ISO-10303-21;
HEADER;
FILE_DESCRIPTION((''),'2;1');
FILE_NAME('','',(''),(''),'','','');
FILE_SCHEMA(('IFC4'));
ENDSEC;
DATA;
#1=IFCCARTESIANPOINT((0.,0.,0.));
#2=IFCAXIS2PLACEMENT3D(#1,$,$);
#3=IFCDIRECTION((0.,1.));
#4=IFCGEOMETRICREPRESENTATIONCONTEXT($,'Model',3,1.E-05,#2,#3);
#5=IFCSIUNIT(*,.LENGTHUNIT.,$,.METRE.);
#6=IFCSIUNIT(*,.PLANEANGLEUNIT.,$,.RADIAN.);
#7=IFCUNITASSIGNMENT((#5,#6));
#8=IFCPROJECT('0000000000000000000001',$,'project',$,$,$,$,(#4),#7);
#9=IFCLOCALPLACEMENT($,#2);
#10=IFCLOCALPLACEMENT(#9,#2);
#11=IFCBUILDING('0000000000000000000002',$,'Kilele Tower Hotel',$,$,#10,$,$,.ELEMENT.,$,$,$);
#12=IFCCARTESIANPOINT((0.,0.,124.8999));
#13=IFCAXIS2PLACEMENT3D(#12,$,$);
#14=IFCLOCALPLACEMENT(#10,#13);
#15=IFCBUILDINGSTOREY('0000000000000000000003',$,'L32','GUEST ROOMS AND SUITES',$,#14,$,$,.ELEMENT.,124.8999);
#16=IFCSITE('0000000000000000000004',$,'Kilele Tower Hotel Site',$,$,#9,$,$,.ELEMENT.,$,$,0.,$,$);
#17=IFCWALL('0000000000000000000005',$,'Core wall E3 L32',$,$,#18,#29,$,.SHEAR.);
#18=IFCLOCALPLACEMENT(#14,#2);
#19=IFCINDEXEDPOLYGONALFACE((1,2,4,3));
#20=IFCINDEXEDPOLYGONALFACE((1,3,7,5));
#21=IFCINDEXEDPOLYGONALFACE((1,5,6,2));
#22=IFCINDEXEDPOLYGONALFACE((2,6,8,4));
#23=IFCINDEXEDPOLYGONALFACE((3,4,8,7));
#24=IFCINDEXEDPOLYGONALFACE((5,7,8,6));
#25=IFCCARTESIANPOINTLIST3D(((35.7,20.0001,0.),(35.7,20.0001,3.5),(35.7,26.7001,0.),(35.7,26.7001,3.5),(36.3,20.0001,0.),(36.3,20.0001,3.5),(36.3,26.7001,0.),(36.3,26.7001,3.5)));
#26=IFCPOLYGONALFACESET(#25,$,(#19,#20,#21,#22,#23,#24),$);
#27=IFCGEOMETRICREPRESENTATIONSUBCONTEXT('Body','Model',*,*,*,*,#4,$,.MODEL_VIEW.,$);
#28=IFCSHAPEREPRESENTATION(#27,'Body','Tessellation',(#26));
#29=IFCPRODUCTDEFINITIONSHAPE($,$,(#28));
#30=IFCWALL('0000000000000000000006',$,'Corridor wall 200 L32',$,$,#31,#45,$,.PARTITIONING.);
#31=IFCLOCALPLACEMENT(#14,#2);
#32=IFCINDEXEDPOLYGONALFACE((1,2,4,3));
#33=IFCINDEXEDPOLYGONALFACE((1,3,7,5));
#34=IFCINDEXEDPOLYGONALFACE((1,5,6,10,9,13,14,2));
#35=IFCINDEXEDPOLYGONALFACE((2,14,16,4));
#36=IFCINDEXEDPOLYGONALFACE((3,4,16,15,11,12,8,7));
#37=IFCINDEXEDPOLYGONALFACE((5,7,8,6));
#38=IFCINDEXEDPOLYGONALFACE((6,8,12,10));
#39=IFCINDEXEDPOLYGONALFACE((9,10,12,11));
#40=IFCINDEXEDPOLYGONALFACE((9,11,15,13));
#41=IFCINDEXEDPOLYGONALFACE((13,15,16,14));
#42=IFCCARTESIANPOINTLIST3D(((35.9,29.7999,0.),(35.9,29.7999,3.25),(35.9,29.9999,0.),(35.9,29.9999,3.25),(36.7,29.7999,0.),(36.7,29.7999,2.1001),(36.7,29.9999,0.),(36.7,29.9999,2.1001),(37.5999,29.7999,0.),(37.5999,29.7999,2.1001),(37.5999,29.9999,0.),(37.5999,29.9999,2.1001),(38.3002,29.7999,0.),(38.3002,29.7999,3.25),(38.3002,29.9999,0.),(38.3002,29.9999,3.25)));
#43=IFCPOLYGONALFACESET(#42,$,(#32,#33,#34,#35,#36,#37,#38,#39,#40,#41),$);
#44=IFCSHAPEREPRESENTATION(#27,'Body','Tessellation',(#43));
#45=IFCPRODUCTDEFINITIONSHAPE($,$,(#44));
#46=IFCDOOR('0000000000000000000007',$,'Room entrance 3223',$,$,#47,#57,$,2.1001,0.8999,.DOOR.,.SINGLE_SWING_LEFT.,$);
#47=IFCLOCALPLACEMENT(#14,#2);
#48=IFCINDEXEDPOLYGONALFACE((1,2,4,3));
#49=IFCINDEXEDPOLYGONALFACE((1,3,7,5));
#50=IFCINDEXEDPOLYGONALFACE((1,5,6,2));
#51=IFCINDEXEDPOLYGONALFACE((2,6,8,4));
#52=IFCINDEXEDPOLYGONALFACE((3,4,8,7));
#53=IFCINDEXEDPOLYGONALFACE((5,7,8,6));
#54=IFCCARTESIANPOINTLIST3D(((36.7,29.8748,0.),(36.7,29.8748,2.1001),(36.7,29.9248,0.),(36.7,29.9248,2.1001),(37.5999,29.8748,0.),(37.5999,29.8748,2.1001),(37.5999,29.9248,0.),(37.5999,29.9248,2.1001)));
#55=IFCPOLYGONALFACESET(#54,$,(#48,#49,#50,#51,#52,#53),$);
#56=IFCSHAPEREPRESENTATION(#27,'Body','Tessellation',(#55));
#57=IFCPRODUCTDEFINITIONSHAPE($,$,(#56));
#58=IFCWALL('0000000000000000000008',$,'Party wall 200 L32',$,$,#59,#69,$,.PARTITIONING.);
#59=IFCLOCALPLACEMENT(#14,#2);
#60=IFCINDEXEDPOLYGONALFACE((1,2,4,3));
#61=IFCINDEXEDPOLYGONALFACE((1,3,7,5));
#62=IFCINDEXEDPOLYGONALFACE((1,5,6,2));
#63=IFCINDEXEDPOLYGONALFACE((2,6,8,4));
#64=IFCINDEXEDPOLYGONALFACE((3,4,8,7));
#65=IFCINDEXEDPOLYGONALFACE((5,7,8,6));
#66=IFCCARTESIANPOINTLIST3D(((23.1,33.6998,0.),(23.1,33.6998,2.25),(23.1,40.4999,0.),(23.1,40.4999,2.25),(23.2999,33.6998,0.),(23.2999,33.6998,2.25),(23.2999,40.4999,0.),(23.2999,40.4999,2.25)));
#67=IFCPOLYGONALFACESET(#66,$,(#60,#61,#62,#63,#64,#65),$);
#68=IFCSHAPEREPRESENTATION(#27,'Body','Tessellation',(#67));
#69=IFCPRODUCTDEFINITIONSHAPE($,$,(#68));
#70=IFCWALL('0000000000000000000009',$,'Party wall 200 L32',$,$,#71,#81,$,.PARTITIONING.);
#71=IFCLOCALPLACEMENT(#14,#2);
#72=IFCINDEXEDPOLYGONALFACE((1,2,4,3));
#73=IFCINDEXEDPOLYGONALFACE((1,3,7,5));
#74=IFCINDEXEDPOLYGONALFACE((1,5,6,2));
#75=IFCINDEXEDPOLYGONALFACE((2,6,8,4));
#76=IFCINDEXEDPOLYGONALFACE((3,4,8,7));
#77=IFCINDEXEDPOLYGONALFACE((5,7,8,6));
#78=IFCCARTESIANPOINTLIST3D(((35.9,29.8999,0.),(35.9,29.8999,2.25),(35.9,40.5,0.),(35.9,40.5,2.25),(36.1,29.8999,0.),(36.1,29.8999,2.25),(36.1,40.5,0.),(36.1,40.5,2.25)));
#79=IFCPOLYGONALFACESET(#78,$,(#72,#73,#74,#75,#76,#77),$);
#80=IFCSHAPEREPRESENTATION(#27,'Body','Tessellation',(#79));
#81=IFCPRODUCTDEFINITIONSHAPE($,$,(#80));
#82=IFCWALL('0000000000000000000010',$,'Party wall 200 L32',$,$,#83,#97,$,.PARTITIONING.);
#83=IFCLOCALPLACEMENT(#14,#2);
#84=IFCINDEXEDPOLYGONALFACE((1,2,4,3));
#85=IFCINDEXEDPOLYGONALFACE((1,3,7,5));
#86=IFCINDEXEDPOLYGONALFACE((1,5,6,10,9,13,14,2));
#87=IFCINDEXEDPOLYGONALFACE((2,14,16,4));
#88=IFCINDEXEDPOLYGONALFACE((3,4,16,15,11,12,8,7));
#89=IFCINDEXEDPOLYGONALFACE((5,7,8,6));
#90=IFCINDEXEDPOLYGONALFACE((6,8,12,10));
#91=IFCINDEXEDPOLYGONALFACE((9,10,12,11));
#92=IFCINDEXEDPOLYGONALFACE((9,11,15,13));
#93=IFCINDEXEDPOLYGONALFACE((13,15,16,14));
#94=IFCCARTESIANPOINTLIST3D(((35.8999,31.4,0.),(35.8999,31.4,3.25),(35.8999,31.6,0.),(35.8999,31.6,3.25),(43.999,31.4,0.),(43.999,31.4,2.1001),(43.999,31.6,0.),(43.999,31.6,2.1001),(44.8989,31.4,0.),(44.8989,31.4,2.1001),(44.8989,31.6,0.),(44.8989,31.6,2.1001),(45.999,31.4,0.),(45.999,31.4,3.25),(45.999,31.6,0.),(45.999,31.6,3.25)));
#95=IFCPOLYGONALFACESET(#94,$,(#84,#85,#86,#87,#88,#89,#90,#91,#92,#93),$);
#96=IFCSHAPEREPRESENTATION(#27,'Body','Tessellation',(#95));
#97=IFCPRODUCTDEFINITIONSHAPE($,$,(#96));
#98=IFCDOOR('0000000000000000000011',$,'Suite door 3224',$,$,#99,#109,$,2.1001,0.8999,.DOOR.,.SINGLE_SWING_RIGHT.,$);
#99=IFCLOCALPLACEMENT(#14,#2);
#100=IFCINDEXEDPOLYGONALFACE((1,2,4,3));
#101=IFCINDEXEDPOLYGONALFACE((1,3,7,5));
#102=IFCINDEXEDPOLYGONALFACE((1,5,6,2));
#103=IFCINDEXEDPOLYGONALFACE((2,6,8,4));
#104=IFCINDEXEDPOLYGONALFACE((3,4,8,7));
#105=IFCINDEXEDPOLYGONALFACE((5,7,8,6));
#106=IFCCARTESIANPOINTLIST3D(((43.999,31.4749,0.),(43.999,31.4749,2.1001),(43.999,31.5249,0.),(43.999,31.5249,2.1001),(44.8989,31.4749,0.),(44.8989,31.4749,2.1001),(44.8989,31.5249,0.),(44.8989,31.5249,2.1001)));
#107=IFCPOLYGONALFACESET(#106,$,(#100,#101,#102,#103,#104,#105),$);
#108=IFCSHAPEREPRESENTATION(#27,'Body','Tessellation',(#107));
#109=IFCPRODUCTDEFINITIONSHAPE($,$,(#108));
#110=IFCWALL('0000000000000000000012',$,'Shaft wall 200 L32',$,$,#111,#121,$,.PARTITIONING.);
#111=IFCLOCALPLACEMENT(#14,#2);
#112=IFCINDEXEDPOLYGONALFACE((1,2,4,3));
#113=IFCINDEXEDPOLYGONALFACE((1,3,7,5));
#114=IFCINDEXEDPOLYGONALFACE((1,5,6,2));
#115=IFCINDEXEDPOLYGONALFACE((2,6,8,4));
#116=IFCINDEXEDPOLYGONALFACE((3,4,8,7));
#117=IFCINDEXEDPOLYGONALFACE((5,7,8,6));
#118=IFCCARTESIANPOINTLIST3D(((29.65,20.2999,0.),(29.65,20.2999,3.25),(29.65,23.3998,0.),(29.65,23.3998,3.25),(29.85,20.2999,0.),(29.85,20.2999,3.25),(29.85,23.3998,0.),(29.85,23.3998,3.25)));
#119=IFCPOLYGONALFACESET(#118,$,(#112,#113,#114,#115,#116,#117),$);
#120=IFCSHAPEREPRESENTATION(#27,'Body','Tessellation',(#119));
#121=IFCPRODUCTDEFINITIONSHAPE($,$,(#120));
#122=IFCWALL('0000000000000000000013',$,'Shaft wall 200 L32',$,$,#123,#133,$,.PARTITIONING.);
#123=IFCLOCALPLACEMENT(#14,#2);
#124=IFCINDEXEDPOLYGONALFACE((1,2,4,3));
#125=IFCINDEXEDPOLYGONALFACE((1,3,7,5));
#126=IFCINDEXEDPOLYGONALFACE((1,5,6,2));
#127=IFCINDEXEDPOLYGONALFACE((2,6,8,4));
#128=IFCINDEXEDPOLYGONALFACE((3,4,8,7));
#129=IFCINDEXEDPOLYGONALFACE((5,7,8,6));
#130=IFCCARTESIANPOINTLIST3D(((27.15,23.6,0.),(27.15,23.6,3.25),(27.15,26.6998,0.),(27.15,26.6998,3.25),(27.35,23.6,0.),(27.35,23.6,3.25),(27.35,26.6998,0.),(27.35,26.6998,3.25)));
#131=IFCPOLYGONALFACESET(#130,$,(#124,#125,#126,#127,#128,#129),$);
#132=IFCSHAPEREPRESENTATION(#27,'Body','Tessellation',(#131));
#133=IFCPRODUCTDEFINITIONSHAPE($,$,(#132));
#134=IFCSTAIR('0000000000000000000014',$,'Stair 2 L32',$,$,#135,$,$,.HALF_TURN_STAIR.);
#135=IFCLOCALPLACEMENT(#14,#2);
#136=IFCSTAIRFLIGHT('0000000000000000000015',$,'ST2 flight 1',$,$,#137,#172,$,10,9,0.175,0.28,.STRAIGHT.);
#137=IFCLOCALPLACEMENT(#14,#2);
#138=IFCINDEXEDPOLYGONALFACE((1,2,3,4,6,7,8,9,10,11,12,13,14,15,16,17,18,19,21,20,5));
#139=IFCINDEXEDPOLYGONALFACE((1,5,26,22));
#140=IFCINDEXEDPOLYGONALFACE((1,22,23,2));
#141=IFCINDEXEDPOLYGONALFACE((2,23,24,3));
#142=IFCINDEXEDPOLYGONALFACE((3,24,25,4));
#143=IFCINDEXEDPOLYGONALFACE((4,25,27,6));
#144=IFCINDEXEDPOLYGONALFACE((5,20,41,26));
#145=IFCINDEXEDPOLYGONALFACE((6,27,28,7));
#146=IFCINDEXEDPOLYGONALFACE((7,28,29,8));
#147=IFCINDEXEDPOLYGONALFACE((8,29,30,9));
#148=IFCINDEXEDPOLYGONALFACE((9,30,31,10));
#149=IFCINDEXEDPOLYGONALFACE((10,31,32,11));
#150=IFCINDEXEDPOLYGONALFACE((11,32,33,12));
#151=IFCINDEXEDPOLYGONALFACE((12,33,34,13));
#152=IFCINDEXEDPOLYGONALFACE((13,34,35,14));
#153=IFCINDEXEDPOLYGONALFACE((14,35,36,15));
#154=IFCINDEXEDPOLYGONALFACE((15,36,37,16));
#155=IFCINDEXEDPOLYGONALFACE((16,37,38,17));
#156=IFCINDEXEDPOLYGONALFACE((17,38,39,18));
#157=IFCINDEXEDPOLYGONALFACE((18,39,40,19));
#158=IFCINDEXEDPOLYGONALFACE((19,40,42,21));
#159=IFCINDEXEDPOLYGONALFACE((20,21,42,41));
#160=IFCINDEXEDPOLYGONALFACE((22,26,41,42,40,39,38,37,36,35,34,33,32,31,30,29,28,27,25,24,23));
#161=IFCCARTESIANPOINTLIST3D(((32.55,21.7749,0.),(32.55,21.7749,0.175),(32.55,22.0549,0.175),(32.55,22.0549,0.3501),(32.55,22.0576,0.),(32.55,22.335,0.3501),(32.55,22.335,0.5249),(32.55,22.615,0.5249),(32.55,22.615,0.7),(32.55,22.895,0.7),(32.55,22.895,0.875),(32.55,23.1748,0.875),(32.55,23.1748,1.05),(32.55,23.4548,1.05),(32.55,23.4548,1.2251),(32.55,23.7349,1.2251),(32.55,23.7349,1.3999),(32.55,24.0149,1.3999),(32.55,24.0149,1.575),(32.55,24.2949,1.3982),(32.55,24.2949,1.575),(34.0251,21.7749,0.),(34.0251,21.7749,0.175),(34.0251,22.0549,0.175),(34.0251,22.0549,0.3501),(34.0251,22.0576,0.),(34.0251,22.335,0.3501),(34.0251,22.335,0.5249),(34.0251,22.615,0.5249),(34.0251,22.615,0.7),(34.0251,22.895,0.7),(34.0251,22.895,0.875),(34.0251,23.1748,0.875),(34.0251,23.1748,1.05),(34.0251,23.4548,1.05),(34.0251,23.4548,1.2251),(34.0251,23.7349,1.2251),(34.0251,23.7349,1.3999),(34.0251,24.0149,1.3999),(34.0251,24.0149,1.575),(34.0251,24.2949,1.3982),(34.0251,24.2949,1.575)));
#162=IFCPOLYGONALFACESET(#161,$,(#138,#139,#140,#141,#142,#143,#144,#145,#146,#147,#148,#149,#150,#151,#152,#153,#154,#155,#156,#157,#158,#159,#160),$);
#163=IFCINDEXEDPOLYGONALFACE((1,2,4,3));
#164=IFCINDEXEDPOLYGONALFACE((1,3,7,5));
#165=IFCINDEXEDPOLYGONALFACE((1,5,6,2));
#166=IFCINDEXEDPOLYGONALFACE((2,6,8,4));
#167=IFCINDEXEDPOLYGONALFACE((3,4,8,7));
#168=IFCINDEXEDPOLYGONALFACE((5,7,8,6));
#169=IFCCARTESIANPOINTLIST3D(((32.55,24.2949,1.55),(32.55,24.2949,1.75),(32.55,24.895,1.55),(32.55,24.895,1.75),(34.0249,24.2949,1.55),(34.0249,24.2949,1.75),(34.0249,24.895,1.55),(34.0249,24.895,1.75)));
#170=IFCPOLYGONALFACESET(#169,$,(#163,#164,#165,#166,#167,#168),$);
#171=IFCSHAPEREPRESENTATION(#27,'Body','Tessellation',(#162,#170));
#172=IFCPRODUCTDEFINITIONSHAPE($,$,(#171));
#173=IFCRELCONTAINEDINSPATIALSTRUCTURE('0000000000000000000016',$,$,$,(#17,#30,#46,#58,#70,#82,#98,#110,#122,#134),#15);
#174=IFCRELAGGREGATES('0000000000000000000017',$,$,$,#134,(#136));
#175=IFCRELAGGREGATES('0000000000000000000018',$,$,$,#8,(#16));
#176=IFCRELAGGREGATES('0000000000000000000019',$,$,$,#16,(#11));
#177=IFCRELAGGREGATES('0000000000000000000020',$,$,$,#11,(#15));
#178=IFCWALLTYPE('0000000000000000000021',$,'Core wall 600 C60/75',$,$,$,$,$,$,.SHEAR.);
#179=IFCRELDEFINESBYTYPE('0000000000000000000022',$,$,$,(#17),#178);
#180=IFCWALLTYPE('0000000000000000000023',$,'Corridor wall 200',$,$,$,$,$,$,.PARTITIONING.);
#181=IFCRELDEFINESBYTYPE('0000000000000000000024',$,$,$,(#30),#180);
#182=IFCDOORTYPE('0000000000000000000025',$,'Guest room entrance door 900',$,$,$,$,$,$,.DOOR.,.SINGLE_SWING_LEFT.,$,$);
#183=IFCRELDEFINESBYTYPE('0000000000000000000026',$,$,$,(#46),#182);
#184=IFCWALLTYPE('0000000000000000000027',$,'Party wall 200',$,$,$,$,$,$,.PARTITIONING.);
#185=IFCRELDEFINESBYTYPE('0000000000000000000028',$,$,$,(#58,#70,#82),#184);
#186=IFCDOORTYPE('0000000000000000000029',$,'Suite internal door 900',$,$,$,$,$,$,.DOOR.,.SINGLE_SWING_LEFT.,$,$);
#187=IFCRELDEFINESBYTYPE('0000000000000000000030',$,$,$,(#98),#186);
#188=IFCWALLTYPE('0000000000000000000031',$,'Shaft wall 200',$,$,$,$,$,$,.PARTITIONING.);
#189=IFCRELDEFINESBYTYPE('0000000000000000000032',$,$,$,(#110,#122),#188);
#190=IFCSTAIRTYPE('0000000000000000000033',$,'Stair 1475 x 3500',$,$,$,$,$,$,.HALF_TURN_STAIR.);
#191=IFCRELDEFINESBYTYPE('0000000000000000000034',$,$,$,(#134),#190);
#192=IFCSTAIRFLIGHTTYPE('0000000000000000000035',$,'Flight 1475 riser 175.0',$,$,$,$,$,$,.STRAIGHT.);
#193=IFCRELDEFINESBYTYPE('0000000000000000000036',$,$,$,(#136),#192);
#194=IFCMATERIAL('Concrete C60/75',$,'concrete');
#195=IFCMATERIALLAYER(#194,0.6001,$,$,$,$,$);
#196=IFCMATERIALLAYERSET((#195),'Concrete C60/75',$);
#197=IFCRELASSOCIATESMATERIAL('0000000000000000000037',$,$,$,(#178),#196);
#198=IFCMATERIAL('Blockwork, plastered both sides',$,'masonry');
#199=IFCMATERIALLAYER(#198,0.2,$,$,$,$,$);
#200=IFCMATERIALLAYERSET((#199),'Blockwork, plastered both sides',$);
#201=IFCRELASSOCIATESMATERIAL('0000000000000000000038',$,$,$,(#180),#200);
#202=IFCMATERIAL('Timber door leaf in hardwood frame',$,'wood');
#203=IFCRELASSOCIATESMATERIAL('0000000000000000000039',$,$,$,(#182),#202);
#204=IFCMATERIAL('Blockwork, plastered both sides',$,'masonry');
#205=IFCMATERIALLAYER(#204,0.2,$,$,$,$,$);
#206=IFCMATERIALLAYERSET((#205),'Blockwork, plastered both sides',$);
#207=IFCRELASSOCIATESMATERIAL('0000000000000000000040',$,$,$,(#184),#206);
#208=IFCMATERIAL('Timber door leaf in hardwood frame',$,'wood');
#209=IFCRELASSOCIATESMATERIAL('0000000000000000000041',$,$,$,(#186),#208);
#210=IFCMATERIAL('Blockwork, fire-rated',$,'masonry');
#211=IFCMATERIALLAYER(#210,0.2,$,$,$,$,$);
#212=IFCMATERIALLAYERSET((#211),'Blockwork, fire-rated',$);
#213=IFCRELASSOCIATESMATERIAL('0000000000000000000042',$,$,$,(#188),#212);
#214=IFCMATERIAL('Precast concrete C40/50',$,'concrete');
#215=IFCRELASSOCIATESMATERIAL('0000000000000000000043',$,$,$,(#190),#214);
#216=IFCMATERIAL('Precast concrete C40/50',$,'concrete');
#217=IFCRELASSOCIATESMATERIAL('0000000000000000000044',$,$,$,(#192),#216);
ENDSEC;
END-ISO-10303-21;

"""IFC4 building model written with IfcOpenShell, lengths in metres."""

from ifc_helpers import new_model, si_unit, direction, frame, frame_2d, origin, place, context, subcontext, project, spatial, polyline, rectangle, outline, extrude, material, layer, layer_set, type_object, element, fill, aggregate, save


model = new_model("IFC4")

# Units and contexts
model_context = context("Model", 3, precision=1e-05, world=origin(), true_north=direction((0.0, 1.0)))
body_context = subcontext(model_context, "Body", "Model", "MODEL_VIEW")
ifc_project = project(units=[si_unit("LENGTHUNIT", "METRE"), si_unit("PLANEANGLEUNIT", "RADIAN")], contexts=[model_context])

# Site, building, storey
site_placement = place(None, origin())
site = spatial("IfcSite", under=ifc_project, at=site_placement, Name="Kilele Tower Hotel Site", CompositionType="ELEMENT", RefElevation=0.0)
building_placement = place(site_placement, origin())
building = spatial("IfcBuilding", under=site, at=building_placement, Name="Kilele Tower Hotel", CompositionType="ELEMENT")
storey_placement = place(building_placement, frame((0.0, 0.0, 124.8999)))
storey = spatial("IfcBuildingStorey", under=building, at=storey_placement, Name="L32", Description="GUEST ROOMS AND SUITES", CompositionType="ELEMENT", Elevation=124.8999)

# Wall
ifc_material_1 = material(Name="Concrete C60/75", Category="concrete")
ifc_layer_1 = layer(ifc_material_1, 0.6001)
ifc_layer_set_1 = layer_set([ifc_layer_1], Name="Concrete C60/75")
wall_type_1 = type_object("IfcWallType", Name="Core wall 600 C60/75", PredefinedType="SHEAR", material=ifc_layer_set_1)
wall_1_placement = place(storey_placement, frame((36.0, 20.0, 0.0), z_axis=(0.0, 0.0, 1.0), x_axis=(0.0, 1.0, 0.0)))
element("IfcWall", 1, at=wall_1_placement, inside=storey, type_object=wall_type_1, Name="Core wall E3 L32", PredefinedType="SHEAR", context=body_context, shape_type="SweptSolid", body=[
    extrude(rectangle(XDim=6.7, YDim=0.6001, at=frame_2d((3.3501, 0.0))), origin(), (0.0, 0.0, 1.0), 3.5),
])

# Wall, opening, door
ifc_material_2 = material(Name="Blockwork, plastered both sides", Category="masonry")
ifc_layer_2 = layer(ifc_material_2, 0.2)
ifc_layer_set_2 = layer_set([ifc_layer_2], Name="Blockwork, plastered both sides")
wall_type_2 = type_object("IfcWallType", Name="Corridor wall 200", PredefinedType="PARTITIONING", material=ifc_layer_set_2)
wall_2_placement = place(storey_placement, frame((35.8999, 29.8999, 0.0), z_axis=(0.0, 0.0, 1.0), x_axis=(1.0, 0.0, 0.0)))
wall_2 = element("IfcWall", 2, at=wall_2_placement, inside=storey, type_object=wall_type_2, Name="Corridor wall 200 L32", PredefinedType="PARTITIONING", context=body_context, shape_type="SweptSolid", body=[
    extrude(rectangle(XDim=2.4001, YDim=0.2, at=frame_2d((1.2002, 0.0))), origin(), (0.0, 0.0, 1.0), 3.25),
])
opening_1_placement = place(wall_2_placement, frame((0.8, 0.0, 0.0)))
opening_1 = element("IfcOpeningElement", 3, at=opening_1_placement, cuts=wall_2, PredefinedType="OPENING", context=body_context, shape_type="SweptSolid", body=[
    extrude(rectangle(XDim=0.8999, YDim=2.1001, at=frame_2d((0.45, 1.05))), frame((0.0, 0.1099, 0.0), z_axis=(0.0, -1.0, 0.0), x_axis=(1.0, 0.0, 0.0)), (0.0, 0.0, 1.0), 0.22),
])
ifc_material_3 = material(Name="Timber door leaf in hardwood frame", Category="wood")
door_type_1 = type_object("IfcDoorType", Name="Guest room entrance door 900", OperationType="SINGLE_SWING_LEFT", PredefinedType="DOOR", material=ifc_material_3)
door_1_placement = place(opening_1_placement, origin())
door_1 = element("IfcDoor", 4, at=door_1_placement, inside=storey, type_object=door_type_1, Name="Room entrance 3223", OperationType="SINGLE_SWING_LEFT", OverallHeight=2.1001, OverallWidth=0.8999, PredefinedType="DOOR", context=body_context, shape_type="SweptSolid", body=[
    extrude(rectangle(XDim=0.8999, YDim=2.1001, at=frame_2d((0.45, 1.05))), frame((0.0, 0.0249, 0.0), z_axis=(0.0, -1.0, 0.0), x_axis=(1.0, 0.0, 0.0)), (0.0, 0.0, 1.0), 0.05),
])
fill(opening_1, door_1)

# Walls
ifc_material_4 = material(Name="Blockwork, plastered both sides", Category="masonry")
ifc_layer_3 = layer(ifc_material_4, 0.2)
ifc_layer_set_3 = layer_set([ifc_layer_3], Name="Blockwork, plastered both sides")
wall_type_3 = type_object("IfcWallType", Name="Party wall 200", PredefinedType="PARTITIONING", material=ifc_layer_set_3)
wall_3_placement = place(storey_placement, frame((23.2, 33.7, 0.0), z_axis=(0.0, 0.0, 1.0), x_axis=(0.0, 1.0, 0.0)))
element("IfcWall", 5, at=wall_3_placement, inside=storey, type_object=wall_type_3, Name="Party wall 200 L32", PredefinedType="PARTITIONING", context=body_context, shape_type="SweptSolid", body=[
    extrude(rectangle(XDim=6.8, YDim=0.2, at=frame_2d((3.3999, 0.0))), origin(), (0.0, 0.0, 1.0), 2.25),
])
wall_4_placement = place(storey_placement, frame((36.0, 29.8999, 0.0), z_axis=(0.0, 0.0, 1.0), x_axis=(0.0, 1.0, 0.0)))
element("IfcWall", 6, at=wall_4_placement, inside=storey, type_object=wall_type_3, Name="Party wall 200 L32", PredefinedType="PARTITIONING", context=body_context, shape_type="SweptSolid", body=[
    extrude(rectangle(XDim=10.6001, YDim=0.2, at=frame_2d((5.3, 0.0))), origin(), (0.0, 0.0, 1.0), 2.25),
])

# Wall, opening, door
wall_5_placement = place(storey_placement, frame((35.8999, 31.5, 0.0), z_axis=(0.0, 0.0, 1.0), x_axis=(1.0, 0.0, 0.0)))
wall_5 = element("IfcWall", 7, at=wall_5_placement, inside=storey, type_object=wall_type_3, Name="Party wall 200 L32", PredefinedType="PARTITIONING", context=body_context, shape_type="SweptSolid", body=[
    extrude(rectangle(XDim=10.0991, YDim=0.2, at=frame_2d((5.0496, 0.0))), origin(), (0.0, 0.0, 1.0), 3.25),
])
opening_2_placement = place(wall_5_placement, frame((8.0991, 0.0, 0.0)))
opening_2 = element("IfcOpeningElement", 8, at=opening_2_placement, cuts=wall_5, PredefinedType="OPENING", context=body_context, shape_type="SweptSolid", body=[
    extrude(rectangle(XDim=0.8999, YDim=2.1001, at=frame_2d((0.45, 1.05))), frame((0.0, 0.1099, 0.0), z_axis=(0.0, -1.0, 0.0), x_axis=(1.0, 0.0, 0.0)), (0.0, 0.0, 1.0), 0.22),
])
ifc_material_5 = material(Name="Timber door leaf in hardwood frame", Category="wood")
door_type_2 = type_object("IfcDoorType", Name="Suite internal door 900", OperationType="SINGLE_SWING_LEFT", PredefinedType="DOOR", material=ifc_material_5)
door_2_placement = place(opening_2_placement, origin())
door_2 = element("IfcDoor", 9, at=door_2_placement, inside=storey, type_object=door_type_2, Name="Suite door 3224", OperationType="SINGLE_SWING_RIGHT", OverallHeight=2.1001, OverallWidth=0.8999, PredefinedType="DOOR", context=body_context, shape_type="SweptSolid", body=[
    extrude(rectangle(XDim=0.8999, YDim=2.1001, at=frame_2d((0.45, 1.05))), frame((0.0, 0.0249, 0.0), z_axis=(0.0, -1.0, 0.0), x_axis=(1.0, 0.0, 0.0)), (0.0, 0.0, 1.0), 0.05),
])
fill(opening_2, door_2)

# Walls
ifc_material_6 = material(Name="Blockwork, fire-rated", Category="masonry")
ifc_layer_4 = layer(ifc_material_6, 0.2)
ifc_layer_set_4 = layer_set([ifc_layer_4], Name="Blockwork, fire-rated")
wall_type_4 = type_object("IfcWallType", Name="Shaft wall 200", PredefinedType="PARTITIONING", material=ifc_layer_set_4)
for number, where, z_axis, x_axis, name in (
    (10, (29.75, 20.3, 0.0), (0.0, 0.0, 1.0), (0.0, 1.0, 0.0), "Shaft wall 200 L32"),
    (11, (27.25, 23.6001, 0.0), (0.0, 0.0, 1.0), (0.0, 1.0, 0.0), "Shaft wall 200 L32"),
):
    element("IfcWall", number, at=place(storey_placement, frame(where, z_axis=z_axis, x_axis=x_axis)), inside=storey, type_object=wall_type_4, Name=name, PredefinedType="PARTITIONING", context=body_context, shape_type="SweptSolid", body=[
        extrude(rectangle(XDim=3.0999, YDim=0.2, at=frame_2d((1.5498, 0.0))), origin(), (0.0, 0.0, 1.0), 3.25),
    ])

# Stair, stair flight
ifc_material_7 = material(Name="Precast concrete C40/50", Category="concrete")
stair_type = type_object("IfcStairType", Name="Stair 1475 x 3500", PredefinedType="HALF_TURN_STAIR", material=ifc_material_7)
stair_placement = place(storey_placement, origin())
stair = element("IfcStair", 12, at=stair_placement, inside=storey, type_object=stair_type, Name="Stair 2 L32", PredefinedType="HALF_TURN_STAIR")
ifc_material_8 = material(Name="Precast concrete C40/50", Category="concrete")
stair_flight_type = type_object("IfcStairFlightType", Name="Flight 1475 riser 175.0", PredefinedType="STRAIGHT", material=ifc_material_8)
stair_flight_1_placement = place(storey_placement, frame((33.2876, 21.7749, 0.0), z_axis=(0.0, 0.0, 1.0), x_axis=(0.0, 1.0, 0.0)))
stair_flight_1 = element("IfcStairFlight", 13, at=stair_flight_1_placement, type_object=stair_flight_type, Name="ST2 flight 1", NumberOfRisers=10, NumberOfTreads=9, PredefinedType="STRAIGHT", RiserHeight=0.175, TreadLength=0.28, context=body_context, shape_type="SweptSolid", body=[
    extrude(outline(polyline([(0.0, 0.0), (0.0, 0.175), (0.28, 0.175), (0.28, 0.3501), (0.5601, 0.3501), (0.5601, 0.5249), (0.8401, 0.5249), (0.8401, 0.7), (1.1201, 0.7), (1.1201, 0.875), (1.3999, 0.875), (1.3999, 1.05), (1.6799, 1.05), (1.6799, 1.2251), (1.96, 1.2251), (1.96, 1.3999), (2.24, 1.3999), (2.24, 1.575), (2.52, 1.575), (2.52, 1.75), (2.52, 1.3982), (0.2827, 0.0), (0.0, 0.0)])), frame((0.0, 0.7375, 0.0), z_axis=(0.0, -1.0, 0.0), x_axis=(1.0, 0.0, 0.0)), (0.0, 0.0, 1.0), 1.4751),
    extrude(outline(polyline([(2.52, 0.7375), (2.52, -0.7373), (3.1201, -0.7373), (3.1201, 0.7375), (2.52, 0.7375)])), frame((0.0, 0.0, 1.55)), (0.0, 0.0, 1.0), 0.2),
])
aggregate(stair, [stair_flight_1])

save(model, "model.ifc")
